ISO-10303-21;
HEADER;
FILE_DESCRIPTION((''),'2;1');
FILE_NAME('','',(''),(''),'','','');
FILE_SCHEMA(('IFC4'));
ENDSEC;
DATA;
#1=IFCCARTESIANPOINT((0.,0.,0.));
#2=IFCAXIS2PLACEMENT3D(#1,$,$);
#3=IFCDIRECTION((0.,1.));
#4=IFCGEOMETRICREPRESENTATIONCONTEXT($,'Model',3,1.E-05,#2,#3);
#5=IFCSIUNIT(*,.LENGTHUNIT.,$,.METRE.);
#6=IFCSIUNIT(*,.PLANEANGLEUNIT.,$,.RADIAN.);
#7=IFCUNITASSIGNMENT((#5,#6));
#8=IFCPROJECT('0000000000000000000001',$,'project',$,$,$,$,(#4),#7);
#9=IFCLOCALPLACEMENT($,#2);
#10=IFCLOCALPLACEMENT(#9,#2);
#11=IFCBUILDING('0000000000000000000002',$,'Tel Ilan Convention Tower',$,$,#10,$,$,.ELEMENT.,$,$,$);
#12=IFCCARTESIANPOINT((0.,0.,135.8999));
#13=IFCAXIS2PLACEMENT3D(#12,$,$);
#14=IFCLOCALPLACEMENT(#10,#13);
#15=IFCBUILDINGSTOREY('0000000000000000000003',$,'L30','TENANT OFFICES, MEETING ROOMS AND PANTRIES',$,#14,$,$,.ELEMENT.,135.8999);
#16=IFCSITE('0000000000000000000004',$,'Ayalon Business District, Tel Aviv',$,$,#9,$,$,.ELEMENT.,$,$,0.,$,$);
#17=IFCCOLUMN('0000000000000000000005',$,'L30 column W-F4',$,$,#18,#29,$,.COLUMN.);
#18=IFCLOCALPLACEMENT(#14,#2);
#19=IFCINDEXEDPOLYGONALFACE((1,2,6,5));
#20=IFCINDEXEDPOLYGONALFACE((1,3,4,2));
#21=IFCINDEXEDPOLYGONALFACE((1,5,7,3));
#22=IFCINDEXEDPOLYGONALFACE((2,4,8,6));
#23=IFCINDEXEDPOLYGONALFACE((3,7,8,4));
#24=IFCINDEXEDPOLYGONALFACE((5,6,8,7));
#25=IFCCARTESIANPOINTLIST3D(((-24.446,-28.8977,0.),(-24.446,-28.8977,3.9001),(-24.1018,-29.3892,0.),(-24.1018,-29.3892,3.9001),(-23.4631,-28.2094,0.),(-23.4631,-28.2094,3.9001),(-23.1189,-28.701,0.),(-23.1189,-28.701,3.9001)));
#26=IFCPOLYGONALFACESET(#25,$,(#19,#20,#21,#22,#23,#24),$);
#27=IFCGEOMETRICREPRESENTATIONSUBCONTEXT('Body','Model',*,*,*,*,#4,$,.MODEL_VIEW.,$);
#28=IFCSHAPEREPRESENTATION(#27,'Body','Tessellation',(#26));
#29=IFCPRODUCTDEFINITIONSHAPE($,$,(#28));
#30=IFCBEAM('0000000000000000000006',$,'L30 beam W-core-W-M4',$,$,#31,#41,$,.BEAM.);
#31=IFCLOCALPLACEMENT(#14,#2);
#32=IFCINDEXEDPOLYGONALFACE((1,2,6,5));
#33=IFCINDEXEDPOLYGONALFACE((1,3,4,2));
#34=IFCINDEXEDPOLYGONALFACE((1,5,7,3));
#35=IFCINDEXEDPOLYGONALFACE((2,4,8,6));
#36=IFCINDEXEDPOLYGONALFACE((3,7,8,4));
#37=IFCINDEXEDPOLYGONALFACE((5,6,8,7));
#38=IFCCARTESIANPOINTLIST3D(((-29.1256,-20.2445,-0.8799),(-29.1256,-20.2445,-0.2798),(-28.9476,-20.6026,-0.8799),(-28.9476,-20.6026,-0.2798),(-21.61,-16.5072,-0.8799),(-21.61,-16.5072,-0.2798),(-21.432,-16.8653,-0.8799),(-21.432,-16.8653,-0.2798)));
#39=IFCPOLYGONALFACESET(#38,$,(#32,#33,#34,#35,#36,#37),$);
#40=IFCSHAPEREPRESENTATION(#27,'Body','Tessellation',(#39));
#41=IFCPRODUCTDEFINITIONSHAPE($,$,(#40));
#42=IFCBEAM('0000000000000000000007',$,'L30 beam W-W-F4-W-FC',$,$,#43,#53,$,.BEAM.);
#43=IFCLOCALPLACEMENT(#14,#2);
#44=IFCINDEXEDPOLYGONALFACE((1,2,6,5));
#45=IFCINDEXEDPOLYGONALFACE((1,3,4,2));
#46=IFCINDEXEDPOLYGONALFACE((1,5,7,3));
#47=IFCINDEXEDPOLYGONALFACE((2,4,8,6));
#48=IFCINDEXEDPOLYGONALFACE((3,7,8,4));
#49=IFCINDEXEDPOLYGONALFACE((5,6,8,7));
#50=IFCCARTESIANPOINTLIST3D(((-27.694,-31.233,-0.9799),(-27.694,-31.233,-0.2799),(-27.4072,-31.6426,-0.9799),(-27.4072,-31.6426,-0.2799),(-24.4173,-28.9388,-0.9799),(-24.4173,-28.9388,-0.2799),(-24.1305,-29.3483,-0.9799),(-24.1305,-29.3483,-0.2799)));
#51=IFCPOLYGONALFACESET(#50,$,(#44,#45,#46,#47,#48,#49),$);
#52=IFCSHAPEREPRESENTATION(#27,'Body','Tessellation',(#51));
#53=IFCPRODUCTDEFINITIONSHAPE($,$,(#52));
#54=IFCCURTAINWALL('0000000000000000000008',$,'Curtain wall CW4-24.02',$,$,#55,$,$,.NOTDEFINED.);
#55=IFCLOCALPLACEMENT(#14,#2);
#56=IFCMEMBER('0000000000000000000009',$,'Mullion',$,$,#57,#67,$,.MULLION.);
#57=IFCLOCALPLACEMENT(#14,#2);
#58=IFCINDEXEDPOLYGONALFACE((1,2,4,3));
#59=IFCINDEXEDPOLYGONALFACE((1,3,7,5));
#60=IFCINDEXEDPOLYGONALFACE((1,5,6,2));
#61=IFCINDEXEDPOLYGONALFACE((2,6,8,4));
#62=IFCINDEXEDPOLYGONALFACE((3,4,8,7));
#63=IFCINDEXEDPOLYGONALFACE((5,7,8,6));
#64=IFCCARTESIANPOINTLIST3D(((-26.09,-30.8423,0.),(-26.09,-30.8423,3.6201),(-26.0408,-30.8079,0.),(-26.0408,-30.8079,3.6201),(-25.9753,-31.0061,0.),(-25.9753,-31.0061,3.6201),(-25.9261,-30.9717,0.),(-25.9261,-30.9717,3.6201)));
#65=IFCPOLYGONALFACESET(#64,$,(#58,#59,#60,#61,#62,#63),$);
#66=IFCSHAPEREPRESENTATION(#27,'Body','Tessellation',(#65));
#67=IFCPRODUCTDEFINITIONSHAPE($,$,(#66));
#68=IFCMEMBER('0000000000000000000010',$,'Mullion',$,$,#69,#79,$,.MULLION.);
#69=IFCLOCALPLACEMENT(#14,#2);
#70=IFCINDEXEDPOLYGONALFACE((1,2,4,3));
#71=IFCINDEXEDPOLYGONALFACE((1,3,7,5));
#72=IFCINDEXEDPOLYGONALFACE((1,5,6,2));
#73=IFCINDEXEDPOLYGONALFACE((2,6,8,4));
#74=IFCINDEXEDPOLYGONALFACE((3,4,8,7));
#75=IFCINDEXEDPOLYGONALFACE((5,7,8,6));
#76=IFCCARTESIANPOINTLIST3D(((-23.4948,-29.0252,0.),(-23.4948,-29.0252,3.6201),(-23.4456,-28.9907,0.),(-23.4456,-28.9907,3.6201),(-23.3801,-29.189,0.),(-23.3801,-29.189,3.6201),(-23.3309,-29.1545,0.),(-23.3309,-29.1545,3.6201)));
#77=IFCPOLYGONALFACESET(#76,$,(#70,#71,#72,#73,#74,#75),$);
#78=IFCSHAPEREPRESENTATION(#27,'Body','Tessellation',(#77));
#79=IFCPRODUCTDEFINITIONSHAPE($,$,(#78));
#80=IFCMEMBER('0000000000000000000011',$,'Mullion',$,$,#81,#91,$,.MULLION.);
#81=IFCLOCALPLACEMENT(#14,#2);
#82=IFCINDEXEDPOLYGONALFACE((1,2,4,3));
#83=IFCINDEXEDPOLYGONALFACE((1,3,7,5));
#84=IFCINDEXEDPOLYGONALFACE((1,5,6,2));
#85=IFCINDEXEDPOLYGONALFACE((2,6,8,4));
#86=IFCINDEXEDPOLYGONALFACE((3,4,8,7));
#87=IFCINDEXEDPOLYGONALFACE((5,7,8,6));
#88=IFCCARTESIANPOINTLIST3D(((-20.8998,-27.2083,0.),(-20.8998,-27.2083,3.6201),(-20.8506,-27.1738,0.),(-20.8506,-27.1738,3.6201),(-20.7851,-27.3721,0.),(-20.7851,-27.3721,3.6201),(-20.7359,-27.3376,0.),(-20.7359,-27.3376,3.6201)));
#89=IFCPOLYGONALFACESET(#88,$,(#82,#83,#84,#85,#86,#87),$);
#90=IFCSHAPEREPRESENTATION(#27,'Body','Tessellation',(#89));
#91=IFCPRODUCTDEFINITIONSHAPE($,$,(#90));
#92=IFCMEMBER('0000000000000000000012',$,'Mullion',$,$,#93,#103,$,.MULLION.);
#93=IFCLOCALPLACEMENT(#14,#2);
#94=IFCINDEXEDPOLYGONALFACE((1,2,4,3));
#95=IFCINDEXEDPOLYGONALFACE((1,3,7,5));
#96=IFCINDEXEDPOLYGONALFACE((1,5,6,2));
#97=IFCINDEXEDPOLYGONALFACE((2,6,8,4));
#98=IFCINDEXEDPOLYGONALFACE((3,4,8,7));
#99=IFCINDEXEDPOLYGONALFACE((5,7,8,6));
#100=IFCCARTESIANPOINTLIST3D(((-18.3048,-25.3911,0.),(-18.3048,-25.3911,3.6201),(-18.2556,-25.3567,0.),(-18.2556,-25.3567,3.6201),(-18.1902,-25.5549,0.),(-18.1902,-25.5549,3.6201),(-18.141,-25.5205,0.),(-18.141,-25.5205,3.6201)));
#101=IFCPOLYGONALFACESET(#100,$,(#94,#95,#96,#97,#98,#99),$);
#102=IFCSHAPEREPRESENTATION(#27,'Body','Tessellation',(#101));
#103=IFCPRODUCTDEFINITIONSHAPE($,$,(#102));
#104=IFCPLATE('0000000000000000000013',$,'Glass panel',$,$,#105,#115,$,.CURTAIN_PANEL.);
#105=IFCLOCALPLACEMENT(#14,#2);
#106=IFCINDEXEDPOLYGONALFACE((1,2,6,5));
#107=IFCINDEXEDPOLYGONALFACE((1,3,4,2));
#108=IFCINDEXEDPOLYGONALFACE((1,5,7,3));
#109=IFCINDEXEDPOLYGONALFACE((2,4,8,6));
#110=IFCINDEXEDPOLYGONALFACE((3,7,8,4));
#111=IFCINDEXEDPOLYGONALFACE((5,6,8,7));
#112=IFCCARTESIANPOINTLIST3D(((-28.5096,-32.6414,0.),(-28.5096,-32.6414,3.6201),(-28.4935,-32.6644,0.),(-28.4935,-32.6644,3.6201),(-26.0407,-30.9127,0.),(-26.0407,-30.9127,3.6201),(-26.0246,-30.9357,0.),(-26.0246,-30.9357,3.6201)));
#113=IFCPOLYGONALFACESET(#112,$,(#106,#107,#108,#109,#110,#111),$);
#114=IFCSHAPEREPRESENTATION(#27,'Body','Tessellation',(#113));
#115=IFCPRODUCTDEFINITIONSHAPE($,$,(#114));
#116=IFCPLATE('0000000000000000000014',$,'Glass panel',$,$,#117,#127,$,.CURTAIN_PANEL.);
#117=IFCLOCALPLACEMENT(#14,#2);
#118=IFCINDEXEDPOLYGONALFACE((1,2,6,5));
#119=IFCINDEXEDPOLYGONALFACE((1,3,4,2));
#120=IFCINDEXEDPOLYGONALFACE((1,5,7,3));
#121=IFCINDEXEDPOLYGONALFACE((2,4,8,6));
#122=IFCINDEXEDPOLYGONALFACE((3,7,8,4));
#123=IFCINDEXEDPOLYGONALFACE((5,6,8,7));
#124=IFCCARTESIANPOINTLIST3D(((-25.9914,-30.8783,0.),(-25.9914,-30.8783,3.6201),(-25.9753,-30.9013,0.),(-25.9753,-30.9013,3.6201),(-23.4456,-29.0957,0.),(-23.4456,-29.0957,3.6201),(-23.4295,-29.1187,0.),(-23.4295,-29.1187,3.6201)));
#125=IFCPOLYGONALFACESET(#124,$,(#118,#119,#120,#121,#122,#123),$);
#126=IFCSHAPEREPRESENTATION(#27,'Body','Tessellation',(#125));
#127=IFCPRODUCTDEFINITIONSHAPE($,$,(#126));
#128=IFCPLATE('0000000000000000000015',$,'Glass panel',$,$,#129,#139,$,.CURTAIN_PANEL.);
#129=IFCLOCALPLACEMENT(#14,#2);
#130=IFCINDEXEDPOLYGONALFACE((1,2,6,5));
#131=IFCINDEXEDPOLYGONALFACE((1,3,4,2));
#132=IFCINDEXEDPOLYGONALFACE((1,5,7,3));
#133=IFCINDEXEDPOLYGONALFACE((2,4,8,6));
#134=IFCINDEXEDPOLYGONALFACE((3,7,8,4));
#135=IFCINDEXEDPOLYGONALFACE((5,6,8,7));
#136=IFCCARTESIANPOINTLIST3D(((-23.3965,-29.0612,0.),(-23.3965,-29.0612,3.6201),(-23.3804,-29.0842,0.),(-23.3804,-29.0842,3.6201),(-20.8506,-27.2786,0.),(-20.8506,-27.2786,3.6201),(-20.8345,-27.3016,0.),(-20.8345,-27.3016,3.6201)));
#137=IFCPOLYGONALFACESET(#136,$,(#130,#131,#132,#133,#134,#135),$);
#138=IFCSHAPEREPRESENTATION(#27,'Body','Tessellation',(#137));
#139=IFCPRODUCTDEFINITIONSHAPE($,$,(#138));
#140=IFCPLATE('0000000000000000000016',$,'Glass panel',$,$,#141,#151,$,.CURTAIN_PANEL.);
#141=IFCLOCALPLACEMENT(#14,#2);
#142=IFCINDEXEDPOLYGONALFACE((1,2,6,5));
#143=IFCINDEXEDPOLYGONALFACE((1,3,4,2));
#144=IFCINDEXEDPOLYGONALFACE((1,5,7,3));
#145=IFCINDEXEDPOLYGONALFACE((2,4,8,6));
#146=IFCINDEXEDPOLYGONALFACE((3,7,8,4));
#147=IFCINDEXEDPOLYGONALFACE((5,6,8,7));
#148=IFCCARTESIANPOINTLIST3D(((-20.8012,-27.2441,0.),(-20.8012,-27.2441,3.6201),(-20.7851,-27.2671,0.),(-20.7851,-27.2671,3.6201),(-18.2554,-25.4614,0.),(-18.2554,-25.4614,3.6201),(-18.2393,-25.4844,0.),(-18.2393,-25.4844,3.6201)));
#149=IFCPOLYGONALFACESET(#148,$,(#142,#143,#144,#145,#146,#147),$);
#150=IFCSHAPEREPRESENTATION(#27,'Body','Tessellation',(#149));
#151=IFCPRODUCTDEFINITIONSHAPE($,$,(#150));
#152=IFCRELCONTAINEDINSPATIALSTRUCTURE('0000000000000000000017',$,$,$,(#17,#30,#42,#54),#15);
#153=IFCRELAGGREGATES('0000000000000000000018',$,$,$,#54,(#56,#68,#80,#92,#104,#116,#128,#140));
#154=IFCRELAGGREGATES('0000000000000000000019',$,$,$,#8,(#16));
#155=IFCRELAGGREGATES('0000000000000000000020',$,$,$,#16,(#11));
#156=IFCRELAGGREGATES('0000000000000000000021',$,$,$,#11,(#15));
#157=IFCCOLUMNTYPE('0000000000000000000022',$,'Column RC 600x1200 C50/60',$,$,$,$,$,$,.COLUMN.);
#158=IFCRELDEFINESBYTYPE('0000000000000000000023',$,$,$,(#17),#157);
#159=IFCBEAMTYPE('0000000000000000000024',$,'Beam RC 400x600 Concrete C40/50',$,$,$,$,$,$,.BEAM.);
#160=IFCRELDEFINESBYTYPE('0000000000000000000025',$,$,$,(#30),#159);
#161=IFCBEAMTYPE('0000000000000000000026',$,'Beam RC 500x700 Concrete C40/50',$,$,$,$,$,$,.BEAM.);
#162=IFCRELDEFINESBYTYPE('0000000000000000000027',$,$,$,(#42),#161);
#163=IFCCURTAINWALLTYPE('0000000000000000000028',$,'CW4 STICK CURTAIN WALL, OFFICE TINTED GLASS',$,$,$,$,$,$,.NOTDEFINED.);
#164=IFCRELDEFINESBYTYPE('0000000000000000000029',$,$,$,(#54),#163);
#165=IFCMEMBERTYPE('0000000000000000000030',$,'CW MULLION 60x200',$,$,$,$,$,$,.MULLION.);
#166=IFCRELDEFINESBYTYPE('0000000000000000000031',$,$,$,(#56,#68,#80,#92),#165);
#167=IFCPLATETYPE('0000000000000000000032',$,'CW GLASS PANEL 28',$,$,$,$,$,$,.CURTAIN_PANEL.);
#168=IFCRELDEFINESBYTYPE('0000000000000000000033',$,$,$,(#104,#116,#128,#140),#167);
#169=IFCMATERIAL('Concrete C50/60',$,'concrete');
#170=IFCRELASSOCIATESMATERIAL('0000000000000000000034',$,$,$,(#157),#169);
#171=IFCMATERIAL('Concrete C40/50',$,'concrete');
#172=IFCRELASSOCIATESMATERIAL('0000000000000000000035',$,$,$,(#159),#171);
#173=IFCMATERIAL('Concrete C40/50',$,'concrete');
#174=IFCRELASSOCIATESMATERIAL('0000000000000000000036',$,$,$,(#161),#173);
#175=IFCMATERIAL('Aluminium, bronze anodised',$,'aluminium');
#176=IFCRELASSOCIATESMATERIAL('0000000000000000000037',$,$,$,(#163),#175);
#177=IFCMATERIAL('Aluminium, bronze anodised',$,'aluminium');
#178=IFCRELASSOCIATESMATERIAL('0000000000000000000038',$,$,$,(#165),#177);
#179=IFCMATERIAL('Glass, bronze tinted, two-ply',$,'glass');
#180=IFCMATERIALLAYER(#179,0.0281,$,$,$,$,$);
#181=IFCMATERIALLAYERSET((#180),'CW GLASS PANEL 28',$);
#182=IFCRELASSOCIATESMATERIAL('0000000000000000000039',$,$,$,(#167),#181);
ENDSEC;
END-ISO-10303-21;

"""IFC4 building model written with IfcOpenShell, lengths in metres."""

from ifc_helpers import new_model, si_unit, direction, frame, origin, origin_2d, place, context, subcontext, project, spatial, rectangle, extrude, material, layer, layer_set, material_profile, profile_set, type_object, element, aggregate, save


model = new_model("IFC4")

# Units and contexts
model_context = context("Model", 3, precision=1e-05, world=origin(), true_north=direction((0.0, 1.0)))
body_context = subcontext(model_context, "Body", "Model", "MODEL_VIEW")
ifc_project = project(units=[si_unit("LENGTHUNIT", "METRE"), si_unit("PLANEANGLEUNIT", "RADIAN")], contexts=[model_context])

# Site, building, storey
site_placement = place(None, origin())
site = spatial("IfcSite", under=ifc_project, at=site_placement, Name="Ayalon Business District, Tel Aviv", CompositionType="ELEMENT", RefElevation=0.0)
building_placement = place(site_placement, origin())
building = spatial("IfcBuilding", under=site, at=building_placement, Name="Tel Ilan Convention Tower", CompositionType="ELEMENT")
storey_placement = place(building_placement, frame((0.0, 0.0, 135.8999)))
storey = spatial("IfcBuildingStorey", under=building, at=storey_placement, Name="L30", Description="TENANT OFFICES, MEETING ROOMS AND PANTRIES", CompositionType="ELEMENT", Elevation=135.8999)

# Column
ifc_material_1 = material(Name="Concrete C50/60", Category="concrete")
ifc_material_profile_1 = material_profile(ifc_material_1, rectangle(XDim=1.2, YDim=0.6001, at=origin_2d()), Name="RC 600x1200")
ifc_profile_set_1 = profile_set([ifc_material_profile_1], Name="Concrete C50/60")
column_type = type_object("IfcColumnType", Name="Column RC 600x1200 C50/60", PredefinedType="COLUMN", material=ifc_profile_set_1)
column_placement = place(storey_placement, frame((-23.7825, -28.7993, 0.0), z_axis=(0.0, 0.0, 1.0), x_axis=(-0.819152, -0.573576, 0.0)))
element("IfcColumn", 1, at=column_placement, inside=storey, type_object=column_type, Name="L30 column W-F4", PredefinedType="COLUMN", context=body_context, shape_type="SweptSolid", body=[
    extrude(rectangle(XDim=1.2, YDim=0.6001, at=origin_2d()), origin(), (0.0, 0.0, 1.0), 3.9001),
])

# Beams
ifc_material_2 = material(Name="Concrete C40/50", Category="concrete")
ifc_material_profile_2 = material_profile(ifc_material_2, rectangle(XDim=0.3999, YDim=0.6001, at=origin_2d()), Name="RC 400x600")
ifc_profile_set_2 = profile_set([ifc_material_profile_2], Name="Concrete C40/50")
beam_type_1 = type_object("IfcBeamType", Name="Beam RC 400x600 Concrete C40/50", PredefinedType="BEAM", material=ifc_profile_set_2)
beam_1_placement = place(storey_placement, frame((-21.521, -16.6863, -0.5798), z_axis=(-0.895402, -0.445258, 0.0), x_axis=(0.445258, -0.895402, 0.0)))
element("IfcBeam", 2, at=beam_1_placement, inside=storey, type_object=beam_type_1, Name="L30 beam W-core-W-M4", PredefinedType="BEAM", context=body_context, shape_type="SweptSolid", body=[
    extrude(rectangle(XDim=0.3999, YDim=0.6001, at=origin_2d()), origin(), (0.0, 0.0, 1.0), 8.3936),
])
ifc_material_3 = material(Name="Concrete C40/50", Category="concrete")
ifc_material_profile_3 = material_profile(ifc_material_3, rectangle(XDim=0.5, YDim=0.7, at=origin_2d()), Name="RC 500x700")
ifc_profile_set_3 = profile_set([ifc_material_profile_3], Name="Concrete C40/50")
beam_type_2 = type_object("IfcBeamType", Name="Beam RC 500x700 Concrete C40/50", PredefinedType="BEAM", material=ifc_profile_set_3)
beam_2_placement = place(storey_placement, frame((-24.2739, -29.1436, -0.6299), z_axis=(-0.819166, -0.573557, 0.0), x_axis=(0.573557, -0.819166, 0.0)))
element("IfcBeam", 3, at=beam_2_placement, inside=storey, type_object=beam_type_2, Name="L30 beam W-W-F4-W-FC", PredefinedType="BEAM", context=body_context, shape_type="SweptSolid", body=[
    extrude(rectangle(XDim=0.5, YDim=0.7, at=origin_2d()), origin(), (0.0, 0.0, 1.0), 4.0),
])

# Curtain wall, members, plates
ifc_material_4 = material(Name="Aluminium, bronze anodised", Category="aluminium")
curtain_wall_type = type_object("IfcCurtainWallType", Name="CW4 STICK CURTAIN WALL, OFFICE TINTED GLASS", PredefinedType="NOTDEFINED", material=ifc_material_4)
curtain_wall_placement = place(storey_placement, origin())
curtain_wall = element("IfcCurtainWall", 4, at=curtain_wall_placement, inside=storey, type_object=curtain_wall_type, Name="Curtain wall CW4-24.02", PredefinedType="NOTDEFINED")
ifc_material_5 = material(Name="Aluminium, bronze anodised", Category="aluminium")
ifc_material_profile_4 = material_profile(ifc_material_5, rectangle(XDim=0.0601, YDim=0.2, at=origin_2d()), Name="CW MULLION 60x200")
ifc_profile_set_4 = profile_set([ifc_material_profile_4], Name="Aluminium, bronze anodised")
member_type = type_object("IfcMemberType", Name="CW MULLION 60x200", PredefinedType="MULLION", material=ifc_profile_set_4)
member_1_placement = place(storey_placement, frame((-26.0081, -30.907, 0.0), z_axis=(0.0, 0.0, 1.0), x_axis=(0.819152, 0.573576, 0.0)))
member_1 = element("IfcMember", 5, at=member_1_placement, type_object=member_type, Name="Mullion", PredefinedType="MULLION", context=body_context, shape_type="SweptSolid", body=[
    extrude(rectangle(XDim=0.0601, YDim=0.2, at=origin_2d()), origin(), (0.0, 0.0, 1.0), 3.6201),
])
member_2_placement = place(storey_placement, frame((-23.4128, -29.0898, 0.0), z_axis=(0.0, 0.0, 1.0), x_axis=(0.819152, 0.573576, 0.0)))
member_2 = element("IfcMember", 6, at=member_2_placement, type_object=member_type, Name="Mullion", PredefinedType="MULLION", context=body_context, shape_type="SweptSolid", body=[
    extrude(rectangle(XDim=0.0601, YDim=0.2, at=origin_2d()), origin(), (0.0, 0.0, 1.0), 3.6201),
])
member_3_placement = place(storey_placement, frame((-20.8179, -27.2729, 0.0), z_axis=(0.0, 0.0, 1.0), x_axis=(0.819152, 0.573576, 0.0)))
member_3 = element("IfcMember", 7, at=member_3_placement, type_object=member_type, Name="Mullion", PredefinedType="MULLION", context=body_context, shape_type="SweptSolid", body=[
    extrude(rectangle(XDim=0.0601, YDim=0.2, at=origin_2d()), origin(), (0.0, 0.0, 1.0), 3.6201),
])
member_4_placement = place(storey_placement, frame((-18.2229, -25.4558, 0.0), z_axis=(0.0, 0.0, 1.0), x_axis=(0.819152, 0.573576, 0.0)))
member_4 = element("IfcMember", 8, at=member_4_placement, type_object=member_type, Name="Mullion", PredefinedType="MULLION", context=body_context, shape_type="SweptSolid", body=[
    extrude(rectangle(XDim=0.0601, YDim=0.2, at=origin_2d()), origin(), (0.0, 0.0, 1.0), 3.6201),
])
ifc_material_6 = material(Name="Glass, bronze tinted, two-ply", Category="glass")
ifc_layer_1 = layer(ifc_material_6, 0.0281)
ifc_layer_set_1 = layer_set([ifc_layer_1], Name="CW GLASS PANEL 28")
plate_type = type_object("IfcPlateType", Name="CW GLASS PANEL 28", PredefinedType="CURTAIN_PANEL", material=ifc_layer_set_1)
plate_1_placement = place(storey_placement, frame((-27.2671, -31.7886, 0.0), z_axis=(0.0, 0.0, 1.0), x_axis=(0.819152, 0.573576, 0.0)))
plate_1 = element("IfcPlate", 9, at=plate_1_placement, type_object=plate_type, Name="Glass panel", PredefinedType="CURTAIN_PANEL", context=body_context, shape_type="SweptSolid", body=[
    extrude(rectangle(XDim=3.0139, YDim=0.0281, at=origin_2d()), origin(), (0.0, 0.0, 1.0), 3.6201),
])
plate_2_placement = place(storey_placement, frame((-24.7104, -29.9985, 0.0), z_axis=(0.0, 0.0, 1.0), x_axis=(0.819152, 0.573576, 0.0)))
plate_2 = element("IfcPlate", 10, at=plate_2_placement, type_object=plate_type, Name="Glass panel", PredefinedType="CURTAIN_PANEL", context=body_context, shape_type="SweptSolid", body=[
    extrude(rectangle(XDim=3.1079, YDim=0.0281, at=origin_2d()), origin(), (0.0, 0.0, 1.0), 3.6201),
])
plate_3_placement = place(storey_placement, frame((-22.1155, -28.1814, 0.0), z_axis=(0.0, 0.0, 1.0), x_axis=(0.819152, 0.573576, 0.0)))
plate_3 = element("IfcPlate", 11, at=plate_3_placement, type_object=plate_type, Name="Glass panel", PredefinedType="CURTAIN_PANEL", context=body_context, shape_type="SweptSolid", body=[
    extrude(rectangle(XDim=3.1079, YDim=0.0281, at=origin_2d()), origin(), (0.0, 0.0, 1.0), 3.6201),
])
plate_4_placement = place(storey_placement, frame((-19.5203, -26.3643, 0.0), z_axis=(0.0, 0.0, 1.0), x_axis=(0.819152, 0.573576, 0.0)))
plate_4 = element("IfcPlate", 12, at=plate_4_placement, type_object=plate_type, Name="Glass panel", PredefinedType="CURTAIN_PANEL", context=body_context, shape_type="SweptSolid", body=[
    extrude(rectangle(XDim=3.1079, YDim=0.0281, at=origin_2d()), origin(), (0.0, 0.0, 1.0), 3.6201),
])
aggregate(curtain_wall, [member_1, member_2, member_3, member_4, plate_1, plate_2, plate_3, plate_4])

save(model, "model.ifc")
